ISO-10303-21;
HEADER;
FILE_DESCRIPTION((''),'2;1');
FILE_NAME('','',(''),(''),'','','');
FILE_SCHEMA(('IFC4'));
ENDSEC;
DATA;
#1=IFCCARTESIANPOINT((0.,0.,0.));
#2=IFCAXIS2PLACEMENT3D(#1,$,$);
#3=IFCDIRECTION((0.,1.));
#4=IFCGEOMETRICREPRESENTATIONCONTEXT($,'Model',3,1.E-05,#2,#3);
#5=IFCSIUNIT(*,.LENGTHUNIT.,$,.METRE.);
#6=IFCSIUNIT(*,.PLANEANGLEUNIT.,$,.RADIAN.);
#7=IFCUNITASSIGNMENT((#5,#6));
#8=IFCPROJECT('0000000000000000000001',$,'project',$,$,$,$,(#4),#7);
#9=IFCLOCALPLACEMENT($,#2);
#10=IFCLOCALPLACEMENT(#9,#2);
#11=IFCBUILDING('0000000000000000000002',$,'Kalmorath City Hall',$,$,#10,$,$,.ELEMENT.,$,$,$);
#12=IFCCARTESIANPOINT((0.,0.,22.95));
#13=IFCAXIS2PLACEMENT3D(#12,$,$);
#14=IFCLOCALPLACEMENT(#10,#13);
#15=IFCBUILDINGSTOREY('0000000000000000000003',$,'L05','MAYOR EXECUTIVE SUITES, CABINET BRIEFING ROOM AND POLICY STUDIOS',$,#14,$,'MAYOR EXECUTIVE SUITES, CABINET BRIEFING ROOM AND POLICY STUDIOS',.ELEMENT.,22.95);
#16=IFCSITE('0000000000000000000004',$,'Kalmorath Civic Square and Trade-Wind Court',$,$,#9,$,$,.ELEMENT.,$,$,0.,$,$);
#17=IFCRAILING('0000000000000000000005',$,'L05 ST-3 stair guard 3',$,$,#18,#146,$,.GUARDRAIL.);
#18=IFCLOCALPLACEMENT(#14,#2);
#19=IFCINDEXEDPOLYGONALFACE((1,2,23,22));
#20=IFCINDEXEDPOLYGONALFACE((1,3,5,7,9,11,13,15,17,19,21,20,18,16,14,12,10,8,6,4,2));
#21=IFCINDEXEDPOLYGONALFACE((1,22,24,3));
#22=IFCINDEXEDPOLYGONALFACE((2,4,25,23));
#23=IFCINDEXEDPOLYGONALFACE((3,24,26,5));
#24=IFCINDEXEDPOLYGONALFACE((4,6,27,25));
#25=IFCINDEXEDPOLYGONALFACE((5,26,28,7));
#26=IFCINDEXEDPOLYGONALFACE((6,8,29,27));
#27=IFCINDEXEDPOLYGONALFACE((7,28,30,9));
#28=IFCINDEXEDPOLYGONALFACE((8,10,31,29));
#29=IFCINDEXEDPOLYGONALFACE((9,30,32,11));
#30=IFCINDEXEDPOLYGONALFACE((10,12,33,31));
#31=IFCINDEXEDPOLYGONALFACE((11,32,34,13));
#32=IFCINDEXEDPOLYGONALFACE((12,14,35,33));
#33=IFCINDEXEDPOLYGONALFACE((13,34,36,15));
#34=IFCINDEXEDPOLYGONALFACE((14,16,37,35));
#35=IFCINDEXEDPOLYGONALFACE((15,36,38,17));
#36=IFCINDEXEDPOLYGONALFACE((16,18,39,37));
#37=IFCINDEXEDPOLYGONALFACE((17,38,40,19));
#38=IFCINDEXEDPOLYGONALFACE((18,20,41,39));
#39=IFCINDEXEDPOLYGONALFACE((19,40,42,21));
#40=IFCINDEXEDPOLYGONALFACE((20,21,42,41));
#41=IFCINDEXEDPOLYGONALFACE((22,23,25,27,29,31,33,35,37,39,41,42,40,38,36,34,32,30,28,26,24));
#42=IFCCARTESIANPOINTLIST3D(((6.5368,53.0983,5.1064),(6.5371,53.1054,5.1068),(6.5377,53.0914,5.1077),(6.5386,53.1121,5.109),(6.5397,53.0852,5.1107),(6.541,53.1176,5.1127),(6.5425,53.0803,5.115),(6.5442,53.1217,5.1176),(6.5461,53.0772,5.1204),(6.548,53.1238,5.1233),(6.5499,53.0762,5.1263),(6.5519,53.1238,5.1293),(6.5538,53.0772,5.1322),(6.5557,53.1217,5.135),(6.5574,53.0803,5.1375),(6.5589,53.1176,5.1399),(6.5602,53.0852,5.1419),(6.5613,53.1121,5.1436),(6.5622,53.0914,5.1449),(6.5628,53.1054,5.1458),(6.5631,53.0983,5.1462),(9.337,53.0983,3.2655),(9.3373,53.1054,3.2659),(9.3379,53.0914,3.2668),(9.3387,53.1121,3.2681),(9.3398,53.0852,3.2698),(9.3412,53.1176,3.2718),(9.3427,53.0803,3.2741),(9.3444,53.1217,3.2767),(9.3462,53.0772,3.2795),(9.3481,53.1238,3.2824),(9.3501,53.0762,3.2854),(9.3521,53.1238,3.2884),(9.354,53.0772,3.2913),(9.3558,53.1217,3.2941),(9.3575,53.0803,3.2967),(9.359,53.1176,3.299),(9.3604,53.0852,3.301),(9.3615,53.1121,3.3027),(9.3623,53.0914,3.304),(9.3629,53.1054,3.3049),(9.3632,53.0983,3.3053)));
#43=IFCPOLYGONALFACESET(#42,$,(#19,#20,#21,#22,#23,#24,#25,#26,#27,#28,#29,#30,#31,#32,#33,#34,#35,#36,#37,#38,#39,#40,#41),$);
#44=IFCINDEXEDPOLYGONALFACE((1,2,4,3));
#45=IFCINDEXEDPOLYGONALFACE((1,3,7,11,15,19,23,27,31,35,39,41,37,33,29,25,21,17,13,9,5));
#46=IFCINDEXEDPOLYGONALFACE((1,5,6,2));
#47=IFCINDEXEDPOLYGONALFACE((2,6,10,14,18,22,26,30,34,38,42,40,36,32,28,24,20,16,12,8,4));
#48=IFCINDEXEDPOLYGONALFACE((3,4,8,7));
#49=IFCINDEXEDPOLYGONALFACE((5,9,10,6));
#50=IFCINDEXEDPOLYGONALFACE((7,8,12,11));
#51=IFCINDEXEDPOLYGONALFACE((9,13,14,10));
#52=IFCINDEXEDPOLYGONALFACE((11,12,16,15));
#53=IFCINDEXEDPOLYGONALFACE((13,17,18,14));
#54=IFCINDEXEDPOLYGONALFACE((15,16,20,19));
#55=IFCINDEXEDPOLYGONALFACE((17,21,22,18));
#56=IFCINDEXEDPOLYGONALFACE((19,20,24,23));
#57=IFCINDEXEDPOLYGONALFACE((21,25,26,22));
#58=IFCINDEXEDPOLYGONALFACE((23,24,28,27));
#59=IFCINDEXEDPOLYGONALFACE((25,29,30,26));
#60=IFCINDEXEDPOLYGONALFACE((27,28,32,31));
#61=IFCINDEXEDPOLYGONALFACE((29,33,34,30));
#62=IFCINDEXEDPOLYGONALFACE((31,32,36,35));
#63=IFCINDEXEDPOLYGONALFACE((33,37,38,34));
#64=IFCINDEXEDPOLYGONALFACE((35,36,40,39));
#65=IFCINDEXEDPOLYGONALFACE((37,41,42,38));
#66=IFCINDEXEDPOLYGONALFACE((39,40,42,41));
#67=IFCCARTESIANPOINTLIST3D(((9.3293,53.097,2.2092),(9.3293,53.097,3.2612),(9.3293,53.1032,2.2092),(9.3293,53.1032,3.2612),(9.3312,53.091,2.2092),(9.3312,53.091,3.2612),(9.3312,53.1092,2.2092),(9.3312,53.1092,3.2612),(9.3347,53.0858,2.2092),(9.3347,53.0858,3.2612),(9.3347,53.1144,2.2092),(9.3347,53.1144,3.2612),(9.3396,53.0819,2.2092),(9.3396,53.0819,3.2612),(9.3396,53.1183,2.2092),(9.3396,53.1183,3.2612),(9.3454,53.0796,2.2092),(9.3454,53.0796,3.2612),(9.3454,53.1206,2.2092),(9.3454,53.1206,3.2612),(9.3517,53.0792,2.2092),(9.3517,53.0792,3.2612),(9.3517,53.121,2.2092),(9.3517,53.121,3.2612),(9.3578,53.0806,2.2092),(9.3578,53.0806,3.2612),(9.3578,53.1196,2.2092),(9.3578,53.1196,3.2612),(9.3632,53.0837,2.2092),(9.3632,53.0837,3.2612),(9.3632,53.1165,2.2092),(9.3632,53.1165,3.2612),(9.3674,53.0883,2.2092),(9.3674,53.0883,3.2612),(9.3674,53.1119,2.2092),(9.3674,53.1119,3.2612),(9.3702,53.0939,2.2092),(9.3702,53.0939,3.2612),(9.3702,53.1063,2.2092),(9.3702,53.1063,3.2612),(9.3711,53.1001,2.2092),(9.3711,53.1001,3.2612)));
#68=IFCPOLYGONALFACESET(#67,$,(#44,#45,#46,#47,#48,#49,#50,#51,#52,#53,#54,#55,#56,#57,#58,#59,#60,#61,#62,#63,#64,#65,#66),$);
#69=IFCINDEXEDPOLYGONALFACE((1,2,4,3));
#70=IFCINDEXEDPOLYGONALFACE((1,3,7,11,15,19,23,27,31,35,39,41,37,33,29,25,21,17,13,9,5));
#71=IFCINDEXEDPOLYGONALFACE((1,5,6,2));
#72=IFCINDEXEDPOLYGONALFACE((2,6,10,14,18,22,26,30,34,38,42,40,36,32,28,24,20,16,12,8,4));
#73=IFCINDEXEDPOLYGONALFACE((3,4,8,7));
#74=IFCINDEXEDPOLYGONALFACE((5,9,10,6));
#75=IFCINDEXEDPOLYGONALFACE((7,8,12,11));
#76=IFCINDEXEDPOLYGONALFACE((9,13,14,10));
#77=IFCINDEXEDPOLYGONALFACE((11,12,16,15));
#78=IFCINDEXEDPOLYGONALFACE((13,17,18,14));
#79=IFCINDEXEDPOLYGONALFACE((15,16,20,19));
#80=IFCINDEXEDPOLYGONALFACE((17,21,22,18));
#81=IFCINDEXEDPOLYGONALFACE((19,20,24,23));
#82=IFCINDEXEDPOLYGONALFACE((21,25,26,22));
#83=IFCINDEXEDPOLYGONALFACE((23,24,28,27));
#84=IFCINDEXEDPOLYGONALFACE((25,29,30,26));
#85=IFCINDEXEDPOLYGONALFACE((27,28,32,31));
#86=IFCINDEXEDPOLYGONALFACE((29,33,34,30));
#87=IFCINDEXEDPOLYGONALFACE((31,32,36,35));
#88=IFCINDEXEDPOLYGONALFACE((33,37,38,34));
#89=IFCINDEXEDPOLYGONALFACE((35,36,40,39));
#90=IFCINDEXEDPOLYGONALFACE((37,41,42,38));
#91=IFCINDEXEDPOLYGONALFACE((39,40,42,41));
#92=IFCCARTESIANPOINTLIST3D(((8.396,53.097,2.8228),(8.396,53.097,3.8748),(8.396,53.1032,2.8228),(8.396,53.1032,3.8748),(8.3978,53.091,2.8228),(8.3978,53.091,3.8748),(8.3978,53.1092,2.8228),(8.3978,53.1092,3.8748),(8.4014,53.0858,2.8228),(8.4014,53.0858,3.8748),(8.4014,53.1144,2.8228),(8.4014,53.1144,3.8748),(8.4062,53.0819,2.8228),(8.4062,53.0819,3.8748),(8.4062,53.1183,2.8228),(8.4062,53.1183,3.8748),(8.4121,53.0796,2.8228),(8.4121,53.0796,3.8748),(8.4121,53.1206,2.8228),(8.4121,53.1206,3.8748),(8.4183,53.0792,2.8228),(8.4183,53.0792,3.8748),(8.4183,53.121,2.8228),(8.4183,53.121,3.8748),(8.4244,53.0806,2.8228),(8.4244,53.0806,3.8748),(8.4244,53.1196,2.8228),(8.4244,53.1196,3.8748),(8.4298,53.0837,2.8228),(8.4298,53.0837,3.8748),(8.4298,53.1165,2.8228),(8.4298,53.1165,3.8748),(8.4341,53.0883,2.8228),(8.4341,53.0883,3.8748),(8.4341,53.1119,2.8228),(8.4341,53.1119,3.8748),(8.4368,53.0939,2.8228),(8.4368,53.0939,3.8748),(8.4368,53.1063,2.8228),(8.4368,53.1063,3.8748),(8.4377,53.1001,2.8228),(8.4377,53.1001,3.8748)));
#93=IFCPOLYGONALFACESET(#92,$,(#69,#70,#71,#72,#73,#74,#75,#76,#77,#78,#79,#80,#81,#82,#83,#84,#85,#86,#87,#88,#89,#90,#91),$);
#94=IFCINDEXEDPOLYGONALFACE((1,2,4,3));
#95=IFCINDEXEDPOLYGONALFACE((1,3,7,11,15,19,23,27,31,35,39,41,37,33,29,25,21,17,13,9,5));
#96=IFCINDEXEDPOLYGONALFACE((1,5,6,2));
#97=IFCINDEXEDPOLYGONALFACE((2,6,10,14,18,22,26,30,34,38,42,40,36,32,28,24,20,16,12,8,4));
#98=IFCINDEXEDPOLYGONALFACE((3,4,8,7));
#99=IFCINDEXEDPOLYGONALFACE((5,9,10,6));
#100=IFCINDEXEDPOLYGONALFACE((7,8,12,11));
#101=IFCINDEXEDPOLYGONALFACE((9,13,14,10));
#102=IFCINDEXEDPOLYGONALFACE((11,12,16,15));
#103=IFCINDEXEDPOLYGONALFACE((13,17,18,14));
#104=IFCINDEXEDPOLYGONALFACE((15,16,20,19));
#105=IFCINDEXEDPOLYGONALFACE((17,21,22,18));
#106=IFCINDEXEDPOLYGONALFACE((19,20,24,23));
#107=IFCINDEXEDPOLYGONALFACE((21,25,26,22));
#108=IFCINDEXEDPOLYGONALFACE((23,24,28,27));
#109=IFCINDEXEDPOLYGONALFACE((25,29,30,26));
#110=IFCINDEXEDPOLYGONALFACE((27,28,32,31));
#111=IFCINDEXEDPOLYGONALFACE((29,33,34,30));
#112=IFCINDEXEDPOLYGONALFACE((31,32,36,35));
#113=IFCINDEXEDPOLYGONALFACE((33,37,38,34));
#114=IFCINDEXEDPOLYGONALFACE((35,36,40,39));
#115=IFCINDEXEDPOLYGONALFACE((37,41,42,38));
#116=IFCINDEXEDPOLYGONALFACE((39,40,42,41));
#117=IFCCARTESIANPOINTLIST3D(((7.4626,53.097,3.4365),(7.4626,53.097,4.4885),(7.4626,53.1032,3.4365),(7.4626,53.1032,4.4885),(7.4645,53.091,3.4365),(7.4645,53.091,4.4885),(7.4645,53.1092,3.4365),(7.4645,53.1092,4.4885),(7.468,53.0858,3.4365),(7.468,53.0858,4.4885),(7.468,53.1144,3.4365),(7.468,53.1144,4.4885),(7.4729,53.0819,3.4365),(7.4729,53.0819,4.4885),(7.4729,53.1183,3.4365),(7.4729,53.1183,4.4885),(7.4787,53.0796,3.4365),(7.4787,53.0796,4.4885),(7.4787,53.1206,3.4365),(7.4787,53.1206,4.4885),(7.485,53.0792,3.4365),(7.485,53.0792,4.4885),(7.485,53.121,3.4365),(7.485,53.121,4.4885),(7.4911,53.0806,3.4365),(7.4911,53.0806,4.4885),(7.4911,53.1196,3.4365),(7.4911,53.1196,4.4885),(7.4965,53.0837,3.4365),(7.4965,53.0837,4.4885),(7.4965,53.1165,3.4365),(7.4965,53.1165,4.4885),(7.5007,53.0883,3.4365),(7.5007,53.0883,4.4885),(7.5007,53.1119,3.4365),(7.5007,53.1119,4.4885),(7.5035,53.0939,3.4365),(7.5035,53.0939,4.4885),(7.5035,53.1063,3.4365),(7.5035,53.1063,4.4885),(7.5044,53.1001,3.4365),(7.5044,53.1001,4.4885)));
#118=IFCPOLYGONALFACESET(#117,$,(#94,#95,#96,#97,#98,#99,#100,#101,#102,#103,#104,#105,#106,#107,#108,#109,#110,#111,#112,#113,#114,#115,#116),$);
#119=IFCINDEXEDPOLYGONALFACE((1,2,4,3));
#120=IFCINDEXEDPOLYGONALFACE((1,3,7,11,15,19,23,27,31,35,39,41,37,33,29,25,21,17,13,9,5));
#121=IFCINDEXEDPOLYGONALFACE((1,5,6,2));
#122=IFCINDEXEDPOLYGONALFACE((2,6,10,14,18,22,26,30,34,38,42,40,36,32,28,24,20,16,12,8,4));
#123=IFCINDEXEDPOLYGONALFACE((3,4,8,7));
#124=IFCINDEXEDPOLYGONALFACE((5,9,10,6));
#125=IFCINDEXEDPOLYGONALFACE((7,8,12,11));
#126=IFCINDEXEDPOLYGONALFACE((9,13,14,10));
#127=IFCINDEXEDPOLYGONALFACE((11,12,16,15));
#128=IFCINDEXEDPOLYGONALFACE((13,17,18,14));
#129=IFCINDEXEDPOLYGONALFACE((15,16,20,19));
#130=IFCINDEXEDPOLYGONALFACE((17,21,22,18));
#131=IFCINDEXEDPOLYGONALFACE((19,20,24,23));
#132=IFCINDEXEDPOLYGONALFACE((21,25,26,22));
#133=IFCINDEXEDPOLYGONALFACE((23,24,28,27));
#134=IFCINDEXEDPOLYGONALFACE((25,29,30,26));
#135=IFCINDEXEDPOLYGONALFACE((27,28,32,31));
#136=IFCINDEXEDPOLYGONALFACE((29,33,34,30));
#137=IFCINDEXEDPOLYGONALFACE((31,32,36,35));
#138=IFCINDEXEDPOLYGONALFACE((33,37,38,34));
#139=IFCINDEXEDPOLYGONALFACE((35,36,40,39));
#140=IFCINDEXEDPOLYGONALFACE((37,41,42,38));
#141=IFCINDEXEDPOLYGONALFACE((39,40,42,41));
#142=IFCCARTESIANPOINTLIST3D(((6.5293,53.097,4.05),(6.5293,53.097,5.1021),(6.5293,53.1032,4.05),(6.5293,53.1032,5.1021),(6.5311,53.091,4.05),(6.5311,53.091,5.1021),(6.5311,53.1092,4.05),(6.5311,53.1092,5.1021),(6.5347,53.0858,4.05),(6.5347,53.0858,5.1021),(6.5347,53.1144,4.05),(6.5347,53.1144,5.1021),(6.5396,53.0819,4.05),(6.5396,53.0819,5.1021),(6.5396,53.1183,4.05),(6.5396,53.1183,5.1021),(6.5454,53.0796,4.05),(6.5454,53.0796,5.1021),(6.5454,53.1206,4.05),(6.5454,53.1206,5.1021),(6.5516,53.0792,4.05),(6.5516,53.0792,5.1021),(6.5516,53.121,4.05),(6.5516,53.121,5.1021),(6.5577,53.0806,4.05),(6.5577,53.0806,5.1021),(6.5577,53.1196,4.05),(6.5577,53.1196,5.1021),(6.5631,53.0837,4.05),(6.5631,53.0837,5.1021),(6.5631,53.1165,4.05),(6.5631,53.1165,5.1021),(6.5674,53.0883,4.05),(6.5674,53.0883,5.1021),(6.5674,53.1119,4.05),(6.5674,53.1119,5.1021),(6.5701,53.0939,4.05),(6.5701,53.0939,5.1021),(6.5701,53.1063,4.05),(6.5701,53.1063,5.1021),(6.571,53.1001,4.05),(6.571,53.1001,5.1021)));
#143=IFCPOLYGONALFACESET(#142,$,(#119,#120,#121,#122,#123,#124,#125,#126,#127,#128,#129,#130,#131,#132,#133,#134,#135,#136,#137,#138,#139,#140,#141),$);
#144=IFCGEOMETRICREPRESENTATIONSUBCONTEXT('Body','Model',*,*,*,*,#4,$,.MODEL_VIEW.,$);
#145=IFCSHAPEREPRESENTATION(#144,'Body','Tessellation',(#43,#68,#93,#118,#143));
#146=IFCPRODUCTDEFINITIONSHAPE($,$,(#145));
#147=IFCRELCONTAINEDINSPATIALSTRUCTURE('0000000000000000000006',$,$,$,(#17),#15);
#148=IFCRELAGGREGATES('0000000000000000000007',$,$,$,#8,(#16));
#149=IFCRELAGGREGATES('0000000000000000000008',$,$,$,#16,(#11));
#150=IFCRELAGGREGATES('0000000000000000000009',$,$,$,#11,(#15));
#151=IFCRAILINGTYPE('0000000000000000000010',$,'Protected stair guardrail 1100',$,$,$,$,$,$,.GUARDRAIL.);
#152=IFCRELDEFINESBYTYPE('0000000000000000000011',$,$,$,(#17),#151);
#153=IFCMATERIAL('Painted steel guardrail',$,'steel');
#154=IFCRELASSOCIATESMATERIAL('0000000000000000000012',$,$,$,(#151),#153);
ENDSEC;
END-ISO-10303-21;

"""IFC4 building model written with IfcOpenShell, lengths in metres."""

from ifc_helpers import new_model, si_unit, direction, frame, origin, origin_2d, place, context, subcontext, project, spatial, circle, extrude, material, type_object, element, save


model = new_model("IFC4")

# Units and contexts
model_context = context("Model", 3, precision=1e-05, world=origin(), true_north=direction((0.0, 1.0)))
body_context = subcontext(model_context, "Body", "Model", "MODEL_VIEW")
ifc_project = project(units=[si_unit("LENGTHUNIT", "METRE"), si_unit("PLANEANGLEUNIT", "RADIAN")], contexts=[model_context])

# Site, building, storey
site_placement = place(None, origin())
site = spatial("IfcSite", under=ifc_project, at=site_placement, Name="Kalmorath Civic Square and Trade-Wind Court", CompositionType="ELEMENT", RefElevation=0.0)
building_placement = place(site_placement, origin())
building = spatial("IfcBuilding", under=site, at=building_placement, Name="Kalmorath City Hall", CompositionType="ELEMENT")
storey_placement = place(building_placement, frame((0.0, 0.0, 22.95)))
storey = spatial("IfcBuildingStorey", under=building, at=storey_placement, Name="L05", Description="MAYOR EXECUTIVE SUITES, CABINET BRIEFING ROOM AND POLICY STUDIOS", LongName="MAYOR EXECUTIVE SUITES, CABINET BRIEFING ROOM AND POLICY STUDIOS", CompositionType="ELEMENT", Elevation=22.95)

# Railing
ifc_material_1 = material(Name="Painted steel guardrail", Category="steel")
railing_type_1 = type_object("IfcRailingType", Name="Protected stair guardrail 1100", PredefinedType="GUARDRAIL", material=ifc_material_1)
railing_1_placement = place(storey_placement, frame((9.3501, 53.1001, 2.2092)))
element("IfcRailing", 1, at=railing_1_placement, inside=storey, type_object=railing_type_1, Name="L05 ST-3 stair guard 3", PredefinedType="GUARDRAIL", context=body_context, shape_type="SweptSolid", body=[
    extrude(circle(Radius=0.0239, at=origin_2d()), frame((0.0, 0.0, 1.0762), z_axis=(-0.835598, 0.0, 0.549342), x_axis=(0.0, -1.0, 0.0)), (0.0, 0.0, 1.0), 3.3511),
    extrude(circle(Radius=0.021, at=origin_2d()), origin(), (0.0, 0.0, 1.0), 1.052),
    extrude(circle(Radius=0.021, at=origin_2d()), frame((-0.9333, 0.0, 0.6135)), (0.0, 0.0, 1.0), 1.052),
    extrude(circle(Radius=0.021, at=origin_2d()), frame((-1.8667, 0.0, 1.2273)), (0.0, 0.0, 1.0), 1.052),
    extrude(circle(Radius=0.021, at=origin_2d()), frame((-2.8, 0.0, 1.8408)), (0.0, 0.0, 1.0), 1.052),
])

save(model, "model.ifc")
